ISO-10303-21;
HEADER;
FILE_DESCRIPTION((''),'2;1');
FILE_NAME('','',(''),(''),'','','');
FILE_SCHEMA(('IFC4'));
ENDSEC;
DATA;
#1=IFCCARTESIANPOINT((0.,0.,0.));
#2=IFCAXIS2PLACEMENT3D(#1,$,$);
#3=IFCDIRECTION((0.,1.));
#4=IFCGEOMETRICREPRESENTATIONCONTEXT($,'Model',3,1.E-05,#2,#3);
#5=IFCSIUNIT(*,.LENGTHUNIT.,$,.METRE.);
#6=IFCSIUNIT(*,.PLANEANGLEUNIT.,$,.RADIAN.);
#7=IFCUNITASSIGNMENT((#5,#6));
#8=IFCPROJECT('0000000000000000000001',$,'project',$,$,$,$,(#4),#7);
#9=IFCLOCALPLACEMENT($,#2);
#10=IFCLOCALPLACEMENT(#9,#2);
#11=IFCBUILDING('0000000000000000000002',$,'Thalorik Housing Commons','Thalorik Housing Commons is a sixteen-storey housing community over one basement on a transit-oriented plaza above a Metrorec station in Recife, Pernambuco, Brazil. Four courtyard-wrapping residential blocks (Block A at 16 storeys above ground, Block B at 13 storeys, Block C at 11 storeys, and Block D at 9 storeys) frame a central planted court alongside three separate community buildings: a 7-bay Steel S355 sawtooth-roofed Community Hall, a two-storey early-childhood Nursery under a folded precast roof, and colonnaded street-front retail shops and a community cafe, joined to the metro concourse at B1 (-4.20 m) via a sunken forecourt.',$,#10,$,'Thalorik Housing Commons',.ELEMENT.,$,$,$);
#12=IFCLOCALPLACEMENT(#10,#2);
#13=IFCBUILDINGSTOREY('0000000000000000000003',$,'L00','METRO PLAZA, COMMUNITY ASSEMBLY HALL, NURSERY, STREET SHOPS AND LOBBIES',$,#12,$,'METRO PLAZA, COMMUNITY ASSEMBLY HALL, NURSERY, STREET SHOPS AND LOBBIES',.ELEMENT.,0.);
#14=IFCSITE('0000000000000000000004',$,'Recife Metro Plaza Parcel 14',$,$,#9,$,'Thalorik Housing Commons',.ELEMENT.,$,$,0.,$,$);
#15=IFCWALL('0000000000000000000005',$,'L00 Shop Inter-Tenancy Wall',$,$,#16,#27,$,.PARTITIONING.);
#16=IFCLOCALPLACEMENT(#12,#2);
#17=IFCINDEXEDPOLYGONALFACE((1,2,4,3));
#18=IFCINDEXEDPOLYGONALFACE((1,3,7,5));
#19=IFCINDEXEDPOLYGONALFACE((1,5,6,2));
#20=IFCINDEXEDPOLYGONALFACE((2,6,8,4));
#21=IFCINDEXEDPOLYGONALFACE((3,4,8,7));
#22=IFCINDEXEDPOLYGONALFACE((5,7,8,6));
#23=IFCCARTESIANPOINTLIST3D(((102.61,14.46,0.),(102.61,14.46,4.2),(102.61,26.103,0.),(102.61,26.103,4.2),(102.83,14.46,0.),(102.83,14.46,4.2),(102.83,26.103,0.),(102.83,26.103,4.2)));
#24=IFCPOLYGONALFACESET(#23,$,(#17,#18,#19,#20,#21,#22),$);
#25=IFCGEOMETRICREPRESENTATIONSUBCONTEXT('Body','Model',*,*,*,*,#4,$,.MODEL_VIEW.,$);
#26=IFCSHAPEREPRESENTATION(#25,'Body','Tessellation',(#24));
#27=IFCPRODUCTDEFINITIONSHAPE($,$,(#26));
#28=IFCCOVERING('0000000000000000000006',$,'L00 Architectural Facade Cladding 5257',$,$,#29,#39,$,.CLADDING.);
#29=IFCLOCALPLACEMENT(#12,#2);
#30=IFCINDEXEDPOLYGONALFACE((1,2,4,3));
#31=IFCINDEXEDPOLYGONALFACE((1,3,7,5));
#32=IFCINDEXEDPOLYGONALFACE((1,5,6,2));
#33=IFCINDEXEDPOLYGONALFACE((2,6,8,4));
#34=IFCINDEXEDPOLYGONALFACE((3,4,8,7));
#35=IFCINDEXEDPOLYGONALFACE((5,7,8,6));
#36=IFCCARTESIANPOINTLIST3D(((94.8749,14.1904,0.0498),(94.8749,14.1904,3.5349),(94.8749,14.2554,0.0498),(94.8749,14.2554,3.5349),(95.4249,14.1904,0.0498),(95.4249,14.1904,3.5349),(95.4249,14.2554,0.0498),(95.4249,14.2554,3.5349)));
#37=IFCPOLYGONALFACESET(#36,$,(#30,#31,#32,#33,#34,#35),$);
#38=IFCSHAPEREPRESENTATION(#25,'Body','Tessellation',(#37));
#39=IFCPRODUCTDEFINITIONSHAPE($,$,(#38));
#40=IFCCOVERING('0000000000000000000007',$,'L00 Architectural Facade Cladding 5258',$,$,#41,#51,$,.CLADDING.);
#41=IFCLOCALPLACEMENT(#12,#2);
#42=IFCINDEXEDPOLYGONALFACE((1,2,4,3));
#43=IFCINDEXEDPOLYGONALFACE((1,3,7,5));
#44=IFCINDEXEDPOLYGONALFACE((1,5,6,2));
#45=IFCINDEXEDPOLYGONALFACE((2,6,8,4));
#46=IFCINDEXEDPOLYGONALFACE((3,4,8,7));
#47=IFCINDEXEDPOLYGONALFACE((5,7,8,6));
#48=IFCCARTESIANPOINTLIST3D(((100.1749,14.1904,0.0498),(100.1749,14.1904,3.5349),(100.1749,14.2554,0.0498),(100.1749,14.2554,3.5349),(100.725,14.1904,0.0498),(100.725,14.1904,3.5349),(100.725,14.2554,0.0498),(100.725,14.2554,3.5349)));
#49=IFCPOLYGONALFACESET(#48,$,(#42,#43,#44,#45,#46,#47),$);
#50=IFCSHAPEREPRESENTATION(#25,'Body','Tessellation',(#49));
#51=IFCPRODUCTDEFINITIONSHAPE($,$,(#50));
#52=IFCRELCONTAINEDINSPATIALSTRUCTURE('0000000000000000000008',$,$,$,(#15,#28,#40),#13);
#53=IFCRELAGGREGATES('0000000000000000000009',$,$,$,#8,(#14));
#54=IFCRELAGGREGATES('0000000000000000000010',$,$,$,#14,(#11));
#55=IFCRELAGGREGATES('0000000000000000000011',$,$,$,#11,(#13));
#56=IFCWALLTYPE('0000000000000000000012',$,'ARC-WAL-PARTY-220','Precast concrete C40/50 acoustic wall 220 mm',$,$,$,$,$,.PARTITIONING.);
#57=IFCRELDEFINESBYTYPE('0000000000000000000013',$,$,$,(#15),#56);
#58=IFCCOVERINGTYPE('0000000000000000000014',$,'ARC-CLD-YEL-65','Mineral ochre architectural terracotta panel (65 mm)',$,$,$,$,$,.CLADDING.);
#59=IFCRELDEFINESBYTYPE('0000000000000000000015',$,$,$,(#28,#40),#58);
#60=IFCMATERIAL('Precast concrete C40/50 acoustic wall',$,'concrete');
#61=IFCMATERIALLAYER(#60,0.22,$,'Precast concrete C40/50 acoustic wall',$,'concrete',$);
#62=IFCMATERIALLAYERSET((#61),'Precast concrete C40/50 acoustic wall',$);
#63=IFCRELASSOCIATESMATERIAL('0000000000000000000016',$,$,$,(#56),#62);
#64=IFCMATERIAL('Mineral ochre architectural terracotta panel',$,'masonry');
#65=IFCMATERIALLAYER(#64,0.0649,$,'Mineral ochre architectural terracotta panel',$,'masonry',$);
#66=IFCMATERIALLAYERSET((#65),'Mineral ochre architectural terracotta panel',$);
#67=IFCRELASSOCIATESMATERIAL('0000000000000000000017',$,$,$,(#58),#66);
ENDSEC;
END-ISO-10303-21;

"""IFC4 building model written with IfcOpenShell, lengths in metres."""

from ifc_helpers import new_model, si_unit, direction, frame, frame_2d, origin, origin_2d, place, context, subcontext, project, spatial, rectangle, extrude, material, layer, layer_set, type_object, element, save


model = new_model("IFC4")

# Units and contexts
model_context = context("Model", 3, precision=1e-05, world=origin(), true_north=direction((0.0, 1.0)))
body_context = subcontext(model_context, "Body", "Model", "MODEL_VIEW")
ifc_project = project(units=[si_unit("LENGTHUNIT", "METRE"), si_unit("PLANEANGLEUNIT", "RADIAN")], contexts=[model_context])

# Site, building, storey
site_placement = place(None, origin())
site = spatial("IfcSite", under=ifc_project, at=site_placement, Name="Recife Metro Plaza Parcel 14", LongName="Thalorik Housing Commons", CompositionType="ELEMENT", RefElevation=0.0)
building_placement = place(site_placement, origin())
building = spatial("IfcBuilding", under=site, at=building_placement, Name="Thalorik Housing Commons", Description="Thalorik Housing Commons is a sixteen-storey housing community over one basement on a transit-oriented plaza above a Metrorec station in Recife, Pernambuco, Brazil. Four courtyard-wrapping residential blocks (Block A at 16 storeys above ground, Block B at 13 storeys, Block C at 11 storeys, and Block D at 9 storeys) frame a central planted court alongside three separate community buildings: a 7-bay Steel S355 sawtooth-roofed Community Hall, a two-storey early-childhood Nursery under a folded precast roof, and colonnaded street-front retail shops and a community cafe, joined to the metro concourse at B1 (-4.20 m) via a sunken forecourt.", LongName="Thalorik Housing Commons", CompositionType="ELEMENT")
storey_placement = place(building_placement, origin())
storey = spatial("IfcBuildingStorey", under=building, at=storey_placement, Name="L00", Description="METRO PLAZA, COMMUNITY ASSEMBLY HALL, NURSERY, STREET SHOPS AND LOBBIES", LongName="METRO PLAZA, COMMUNITY ASSEMBLY HALL, NURSERY, STREET SHOPS AND LOBBIES", CompositionType="ELEMENT", Elevation=0.0)

# Wall
ifc_material_1 = material(Name="Precast concrete C40/50 acoustic wall", Category="concrete")
ifc_layer_1 = layer(ifc_material_1, 0.22, Name="Precast concrete C40/50 acoustic wall", Category="concrete")
ifc_layer_set_1 = layer_set([ifc_layer_1], Name="Precast concrete C40/50 acoustic wall")
wall_type_1 = type_object("IfcWallType", Name="ARC-WAL-PARTY-220", Description="Precast concrete C40/50 acoustic wall 220 mm", PredefinedType="PARTITIONING", material=ifc_layer_set_1)
wall_1_placement = place(storey_placement, frame((102.72, 14.46, 0.0), z_axis=(0.0, 0.0, 1.0), x_axis=(0.0, 1.0, 0.0)))
element("IfcWall", 1, at=wall_1_placement, inside=storey, type_object=wall_type_1, Name="L00 Shop Inter-Tenancy Wall", PredefinedType="PARTITIONING", context=body_context, shape_type="SweptSolid", body=[
    extrude(rectangle(XDim=11.6431, YDim=0.22, at=frame_2d((5.8215, 0.0))), origin(), (0.0, 0.0, 1.0), 4.2),
])

# Coverings
ifc_material_2 = material(Name="Mineral ochre architectural terracotta panel", Category="masonry")
ifc_layer_2 = layer(ifc_material_2, 0.0649, Name="Mineral ochre architectural terracotta panel", Category="masonry")
ifc_layer_set_2 = layer_set([ifc_layer_2], Name="Mineral ochre architectural terracotta panel")
covering_type = type_object("IfcCoveringType", Name="ARC-CLD-YEL-65", Description="Mineral ochre architectural terracotta panel (65 mm)", PredefinedType="CLADDING", material=ifc_layer_set_2)
for number, where, z_axis, x_axis, name in (
    (2, (95.1499, 14.2229, 0.0498), (0.0, 0.0, 1.0), (1.0, 0.0, 0.0), "L00 Architectural Facade Cladding 5257"),
    (3, (100.45, 14.2229, 0.0498), (0.0, 0.0, 1.0), (1.0, 0.0, 0.0), "L00 Architectural Facade Cladding 5258"),
):
    element("IfcCovering", number, at=place(storey_placement, frame(where, z_axis=z_axis, x_axis=x_axis)), inside=storey, type_object=covering_type, Name=name, PredefinedType="CLADDING", context=body_context, shape_type="SweptSolid", body=[
        extrude(rectangle(XDim=0.55, YDim=0.0649, at=origin_2d()), origin(), (0.0, 0.0, 1.0), 3.4851),
    ])

save(model, "model.ifc")
